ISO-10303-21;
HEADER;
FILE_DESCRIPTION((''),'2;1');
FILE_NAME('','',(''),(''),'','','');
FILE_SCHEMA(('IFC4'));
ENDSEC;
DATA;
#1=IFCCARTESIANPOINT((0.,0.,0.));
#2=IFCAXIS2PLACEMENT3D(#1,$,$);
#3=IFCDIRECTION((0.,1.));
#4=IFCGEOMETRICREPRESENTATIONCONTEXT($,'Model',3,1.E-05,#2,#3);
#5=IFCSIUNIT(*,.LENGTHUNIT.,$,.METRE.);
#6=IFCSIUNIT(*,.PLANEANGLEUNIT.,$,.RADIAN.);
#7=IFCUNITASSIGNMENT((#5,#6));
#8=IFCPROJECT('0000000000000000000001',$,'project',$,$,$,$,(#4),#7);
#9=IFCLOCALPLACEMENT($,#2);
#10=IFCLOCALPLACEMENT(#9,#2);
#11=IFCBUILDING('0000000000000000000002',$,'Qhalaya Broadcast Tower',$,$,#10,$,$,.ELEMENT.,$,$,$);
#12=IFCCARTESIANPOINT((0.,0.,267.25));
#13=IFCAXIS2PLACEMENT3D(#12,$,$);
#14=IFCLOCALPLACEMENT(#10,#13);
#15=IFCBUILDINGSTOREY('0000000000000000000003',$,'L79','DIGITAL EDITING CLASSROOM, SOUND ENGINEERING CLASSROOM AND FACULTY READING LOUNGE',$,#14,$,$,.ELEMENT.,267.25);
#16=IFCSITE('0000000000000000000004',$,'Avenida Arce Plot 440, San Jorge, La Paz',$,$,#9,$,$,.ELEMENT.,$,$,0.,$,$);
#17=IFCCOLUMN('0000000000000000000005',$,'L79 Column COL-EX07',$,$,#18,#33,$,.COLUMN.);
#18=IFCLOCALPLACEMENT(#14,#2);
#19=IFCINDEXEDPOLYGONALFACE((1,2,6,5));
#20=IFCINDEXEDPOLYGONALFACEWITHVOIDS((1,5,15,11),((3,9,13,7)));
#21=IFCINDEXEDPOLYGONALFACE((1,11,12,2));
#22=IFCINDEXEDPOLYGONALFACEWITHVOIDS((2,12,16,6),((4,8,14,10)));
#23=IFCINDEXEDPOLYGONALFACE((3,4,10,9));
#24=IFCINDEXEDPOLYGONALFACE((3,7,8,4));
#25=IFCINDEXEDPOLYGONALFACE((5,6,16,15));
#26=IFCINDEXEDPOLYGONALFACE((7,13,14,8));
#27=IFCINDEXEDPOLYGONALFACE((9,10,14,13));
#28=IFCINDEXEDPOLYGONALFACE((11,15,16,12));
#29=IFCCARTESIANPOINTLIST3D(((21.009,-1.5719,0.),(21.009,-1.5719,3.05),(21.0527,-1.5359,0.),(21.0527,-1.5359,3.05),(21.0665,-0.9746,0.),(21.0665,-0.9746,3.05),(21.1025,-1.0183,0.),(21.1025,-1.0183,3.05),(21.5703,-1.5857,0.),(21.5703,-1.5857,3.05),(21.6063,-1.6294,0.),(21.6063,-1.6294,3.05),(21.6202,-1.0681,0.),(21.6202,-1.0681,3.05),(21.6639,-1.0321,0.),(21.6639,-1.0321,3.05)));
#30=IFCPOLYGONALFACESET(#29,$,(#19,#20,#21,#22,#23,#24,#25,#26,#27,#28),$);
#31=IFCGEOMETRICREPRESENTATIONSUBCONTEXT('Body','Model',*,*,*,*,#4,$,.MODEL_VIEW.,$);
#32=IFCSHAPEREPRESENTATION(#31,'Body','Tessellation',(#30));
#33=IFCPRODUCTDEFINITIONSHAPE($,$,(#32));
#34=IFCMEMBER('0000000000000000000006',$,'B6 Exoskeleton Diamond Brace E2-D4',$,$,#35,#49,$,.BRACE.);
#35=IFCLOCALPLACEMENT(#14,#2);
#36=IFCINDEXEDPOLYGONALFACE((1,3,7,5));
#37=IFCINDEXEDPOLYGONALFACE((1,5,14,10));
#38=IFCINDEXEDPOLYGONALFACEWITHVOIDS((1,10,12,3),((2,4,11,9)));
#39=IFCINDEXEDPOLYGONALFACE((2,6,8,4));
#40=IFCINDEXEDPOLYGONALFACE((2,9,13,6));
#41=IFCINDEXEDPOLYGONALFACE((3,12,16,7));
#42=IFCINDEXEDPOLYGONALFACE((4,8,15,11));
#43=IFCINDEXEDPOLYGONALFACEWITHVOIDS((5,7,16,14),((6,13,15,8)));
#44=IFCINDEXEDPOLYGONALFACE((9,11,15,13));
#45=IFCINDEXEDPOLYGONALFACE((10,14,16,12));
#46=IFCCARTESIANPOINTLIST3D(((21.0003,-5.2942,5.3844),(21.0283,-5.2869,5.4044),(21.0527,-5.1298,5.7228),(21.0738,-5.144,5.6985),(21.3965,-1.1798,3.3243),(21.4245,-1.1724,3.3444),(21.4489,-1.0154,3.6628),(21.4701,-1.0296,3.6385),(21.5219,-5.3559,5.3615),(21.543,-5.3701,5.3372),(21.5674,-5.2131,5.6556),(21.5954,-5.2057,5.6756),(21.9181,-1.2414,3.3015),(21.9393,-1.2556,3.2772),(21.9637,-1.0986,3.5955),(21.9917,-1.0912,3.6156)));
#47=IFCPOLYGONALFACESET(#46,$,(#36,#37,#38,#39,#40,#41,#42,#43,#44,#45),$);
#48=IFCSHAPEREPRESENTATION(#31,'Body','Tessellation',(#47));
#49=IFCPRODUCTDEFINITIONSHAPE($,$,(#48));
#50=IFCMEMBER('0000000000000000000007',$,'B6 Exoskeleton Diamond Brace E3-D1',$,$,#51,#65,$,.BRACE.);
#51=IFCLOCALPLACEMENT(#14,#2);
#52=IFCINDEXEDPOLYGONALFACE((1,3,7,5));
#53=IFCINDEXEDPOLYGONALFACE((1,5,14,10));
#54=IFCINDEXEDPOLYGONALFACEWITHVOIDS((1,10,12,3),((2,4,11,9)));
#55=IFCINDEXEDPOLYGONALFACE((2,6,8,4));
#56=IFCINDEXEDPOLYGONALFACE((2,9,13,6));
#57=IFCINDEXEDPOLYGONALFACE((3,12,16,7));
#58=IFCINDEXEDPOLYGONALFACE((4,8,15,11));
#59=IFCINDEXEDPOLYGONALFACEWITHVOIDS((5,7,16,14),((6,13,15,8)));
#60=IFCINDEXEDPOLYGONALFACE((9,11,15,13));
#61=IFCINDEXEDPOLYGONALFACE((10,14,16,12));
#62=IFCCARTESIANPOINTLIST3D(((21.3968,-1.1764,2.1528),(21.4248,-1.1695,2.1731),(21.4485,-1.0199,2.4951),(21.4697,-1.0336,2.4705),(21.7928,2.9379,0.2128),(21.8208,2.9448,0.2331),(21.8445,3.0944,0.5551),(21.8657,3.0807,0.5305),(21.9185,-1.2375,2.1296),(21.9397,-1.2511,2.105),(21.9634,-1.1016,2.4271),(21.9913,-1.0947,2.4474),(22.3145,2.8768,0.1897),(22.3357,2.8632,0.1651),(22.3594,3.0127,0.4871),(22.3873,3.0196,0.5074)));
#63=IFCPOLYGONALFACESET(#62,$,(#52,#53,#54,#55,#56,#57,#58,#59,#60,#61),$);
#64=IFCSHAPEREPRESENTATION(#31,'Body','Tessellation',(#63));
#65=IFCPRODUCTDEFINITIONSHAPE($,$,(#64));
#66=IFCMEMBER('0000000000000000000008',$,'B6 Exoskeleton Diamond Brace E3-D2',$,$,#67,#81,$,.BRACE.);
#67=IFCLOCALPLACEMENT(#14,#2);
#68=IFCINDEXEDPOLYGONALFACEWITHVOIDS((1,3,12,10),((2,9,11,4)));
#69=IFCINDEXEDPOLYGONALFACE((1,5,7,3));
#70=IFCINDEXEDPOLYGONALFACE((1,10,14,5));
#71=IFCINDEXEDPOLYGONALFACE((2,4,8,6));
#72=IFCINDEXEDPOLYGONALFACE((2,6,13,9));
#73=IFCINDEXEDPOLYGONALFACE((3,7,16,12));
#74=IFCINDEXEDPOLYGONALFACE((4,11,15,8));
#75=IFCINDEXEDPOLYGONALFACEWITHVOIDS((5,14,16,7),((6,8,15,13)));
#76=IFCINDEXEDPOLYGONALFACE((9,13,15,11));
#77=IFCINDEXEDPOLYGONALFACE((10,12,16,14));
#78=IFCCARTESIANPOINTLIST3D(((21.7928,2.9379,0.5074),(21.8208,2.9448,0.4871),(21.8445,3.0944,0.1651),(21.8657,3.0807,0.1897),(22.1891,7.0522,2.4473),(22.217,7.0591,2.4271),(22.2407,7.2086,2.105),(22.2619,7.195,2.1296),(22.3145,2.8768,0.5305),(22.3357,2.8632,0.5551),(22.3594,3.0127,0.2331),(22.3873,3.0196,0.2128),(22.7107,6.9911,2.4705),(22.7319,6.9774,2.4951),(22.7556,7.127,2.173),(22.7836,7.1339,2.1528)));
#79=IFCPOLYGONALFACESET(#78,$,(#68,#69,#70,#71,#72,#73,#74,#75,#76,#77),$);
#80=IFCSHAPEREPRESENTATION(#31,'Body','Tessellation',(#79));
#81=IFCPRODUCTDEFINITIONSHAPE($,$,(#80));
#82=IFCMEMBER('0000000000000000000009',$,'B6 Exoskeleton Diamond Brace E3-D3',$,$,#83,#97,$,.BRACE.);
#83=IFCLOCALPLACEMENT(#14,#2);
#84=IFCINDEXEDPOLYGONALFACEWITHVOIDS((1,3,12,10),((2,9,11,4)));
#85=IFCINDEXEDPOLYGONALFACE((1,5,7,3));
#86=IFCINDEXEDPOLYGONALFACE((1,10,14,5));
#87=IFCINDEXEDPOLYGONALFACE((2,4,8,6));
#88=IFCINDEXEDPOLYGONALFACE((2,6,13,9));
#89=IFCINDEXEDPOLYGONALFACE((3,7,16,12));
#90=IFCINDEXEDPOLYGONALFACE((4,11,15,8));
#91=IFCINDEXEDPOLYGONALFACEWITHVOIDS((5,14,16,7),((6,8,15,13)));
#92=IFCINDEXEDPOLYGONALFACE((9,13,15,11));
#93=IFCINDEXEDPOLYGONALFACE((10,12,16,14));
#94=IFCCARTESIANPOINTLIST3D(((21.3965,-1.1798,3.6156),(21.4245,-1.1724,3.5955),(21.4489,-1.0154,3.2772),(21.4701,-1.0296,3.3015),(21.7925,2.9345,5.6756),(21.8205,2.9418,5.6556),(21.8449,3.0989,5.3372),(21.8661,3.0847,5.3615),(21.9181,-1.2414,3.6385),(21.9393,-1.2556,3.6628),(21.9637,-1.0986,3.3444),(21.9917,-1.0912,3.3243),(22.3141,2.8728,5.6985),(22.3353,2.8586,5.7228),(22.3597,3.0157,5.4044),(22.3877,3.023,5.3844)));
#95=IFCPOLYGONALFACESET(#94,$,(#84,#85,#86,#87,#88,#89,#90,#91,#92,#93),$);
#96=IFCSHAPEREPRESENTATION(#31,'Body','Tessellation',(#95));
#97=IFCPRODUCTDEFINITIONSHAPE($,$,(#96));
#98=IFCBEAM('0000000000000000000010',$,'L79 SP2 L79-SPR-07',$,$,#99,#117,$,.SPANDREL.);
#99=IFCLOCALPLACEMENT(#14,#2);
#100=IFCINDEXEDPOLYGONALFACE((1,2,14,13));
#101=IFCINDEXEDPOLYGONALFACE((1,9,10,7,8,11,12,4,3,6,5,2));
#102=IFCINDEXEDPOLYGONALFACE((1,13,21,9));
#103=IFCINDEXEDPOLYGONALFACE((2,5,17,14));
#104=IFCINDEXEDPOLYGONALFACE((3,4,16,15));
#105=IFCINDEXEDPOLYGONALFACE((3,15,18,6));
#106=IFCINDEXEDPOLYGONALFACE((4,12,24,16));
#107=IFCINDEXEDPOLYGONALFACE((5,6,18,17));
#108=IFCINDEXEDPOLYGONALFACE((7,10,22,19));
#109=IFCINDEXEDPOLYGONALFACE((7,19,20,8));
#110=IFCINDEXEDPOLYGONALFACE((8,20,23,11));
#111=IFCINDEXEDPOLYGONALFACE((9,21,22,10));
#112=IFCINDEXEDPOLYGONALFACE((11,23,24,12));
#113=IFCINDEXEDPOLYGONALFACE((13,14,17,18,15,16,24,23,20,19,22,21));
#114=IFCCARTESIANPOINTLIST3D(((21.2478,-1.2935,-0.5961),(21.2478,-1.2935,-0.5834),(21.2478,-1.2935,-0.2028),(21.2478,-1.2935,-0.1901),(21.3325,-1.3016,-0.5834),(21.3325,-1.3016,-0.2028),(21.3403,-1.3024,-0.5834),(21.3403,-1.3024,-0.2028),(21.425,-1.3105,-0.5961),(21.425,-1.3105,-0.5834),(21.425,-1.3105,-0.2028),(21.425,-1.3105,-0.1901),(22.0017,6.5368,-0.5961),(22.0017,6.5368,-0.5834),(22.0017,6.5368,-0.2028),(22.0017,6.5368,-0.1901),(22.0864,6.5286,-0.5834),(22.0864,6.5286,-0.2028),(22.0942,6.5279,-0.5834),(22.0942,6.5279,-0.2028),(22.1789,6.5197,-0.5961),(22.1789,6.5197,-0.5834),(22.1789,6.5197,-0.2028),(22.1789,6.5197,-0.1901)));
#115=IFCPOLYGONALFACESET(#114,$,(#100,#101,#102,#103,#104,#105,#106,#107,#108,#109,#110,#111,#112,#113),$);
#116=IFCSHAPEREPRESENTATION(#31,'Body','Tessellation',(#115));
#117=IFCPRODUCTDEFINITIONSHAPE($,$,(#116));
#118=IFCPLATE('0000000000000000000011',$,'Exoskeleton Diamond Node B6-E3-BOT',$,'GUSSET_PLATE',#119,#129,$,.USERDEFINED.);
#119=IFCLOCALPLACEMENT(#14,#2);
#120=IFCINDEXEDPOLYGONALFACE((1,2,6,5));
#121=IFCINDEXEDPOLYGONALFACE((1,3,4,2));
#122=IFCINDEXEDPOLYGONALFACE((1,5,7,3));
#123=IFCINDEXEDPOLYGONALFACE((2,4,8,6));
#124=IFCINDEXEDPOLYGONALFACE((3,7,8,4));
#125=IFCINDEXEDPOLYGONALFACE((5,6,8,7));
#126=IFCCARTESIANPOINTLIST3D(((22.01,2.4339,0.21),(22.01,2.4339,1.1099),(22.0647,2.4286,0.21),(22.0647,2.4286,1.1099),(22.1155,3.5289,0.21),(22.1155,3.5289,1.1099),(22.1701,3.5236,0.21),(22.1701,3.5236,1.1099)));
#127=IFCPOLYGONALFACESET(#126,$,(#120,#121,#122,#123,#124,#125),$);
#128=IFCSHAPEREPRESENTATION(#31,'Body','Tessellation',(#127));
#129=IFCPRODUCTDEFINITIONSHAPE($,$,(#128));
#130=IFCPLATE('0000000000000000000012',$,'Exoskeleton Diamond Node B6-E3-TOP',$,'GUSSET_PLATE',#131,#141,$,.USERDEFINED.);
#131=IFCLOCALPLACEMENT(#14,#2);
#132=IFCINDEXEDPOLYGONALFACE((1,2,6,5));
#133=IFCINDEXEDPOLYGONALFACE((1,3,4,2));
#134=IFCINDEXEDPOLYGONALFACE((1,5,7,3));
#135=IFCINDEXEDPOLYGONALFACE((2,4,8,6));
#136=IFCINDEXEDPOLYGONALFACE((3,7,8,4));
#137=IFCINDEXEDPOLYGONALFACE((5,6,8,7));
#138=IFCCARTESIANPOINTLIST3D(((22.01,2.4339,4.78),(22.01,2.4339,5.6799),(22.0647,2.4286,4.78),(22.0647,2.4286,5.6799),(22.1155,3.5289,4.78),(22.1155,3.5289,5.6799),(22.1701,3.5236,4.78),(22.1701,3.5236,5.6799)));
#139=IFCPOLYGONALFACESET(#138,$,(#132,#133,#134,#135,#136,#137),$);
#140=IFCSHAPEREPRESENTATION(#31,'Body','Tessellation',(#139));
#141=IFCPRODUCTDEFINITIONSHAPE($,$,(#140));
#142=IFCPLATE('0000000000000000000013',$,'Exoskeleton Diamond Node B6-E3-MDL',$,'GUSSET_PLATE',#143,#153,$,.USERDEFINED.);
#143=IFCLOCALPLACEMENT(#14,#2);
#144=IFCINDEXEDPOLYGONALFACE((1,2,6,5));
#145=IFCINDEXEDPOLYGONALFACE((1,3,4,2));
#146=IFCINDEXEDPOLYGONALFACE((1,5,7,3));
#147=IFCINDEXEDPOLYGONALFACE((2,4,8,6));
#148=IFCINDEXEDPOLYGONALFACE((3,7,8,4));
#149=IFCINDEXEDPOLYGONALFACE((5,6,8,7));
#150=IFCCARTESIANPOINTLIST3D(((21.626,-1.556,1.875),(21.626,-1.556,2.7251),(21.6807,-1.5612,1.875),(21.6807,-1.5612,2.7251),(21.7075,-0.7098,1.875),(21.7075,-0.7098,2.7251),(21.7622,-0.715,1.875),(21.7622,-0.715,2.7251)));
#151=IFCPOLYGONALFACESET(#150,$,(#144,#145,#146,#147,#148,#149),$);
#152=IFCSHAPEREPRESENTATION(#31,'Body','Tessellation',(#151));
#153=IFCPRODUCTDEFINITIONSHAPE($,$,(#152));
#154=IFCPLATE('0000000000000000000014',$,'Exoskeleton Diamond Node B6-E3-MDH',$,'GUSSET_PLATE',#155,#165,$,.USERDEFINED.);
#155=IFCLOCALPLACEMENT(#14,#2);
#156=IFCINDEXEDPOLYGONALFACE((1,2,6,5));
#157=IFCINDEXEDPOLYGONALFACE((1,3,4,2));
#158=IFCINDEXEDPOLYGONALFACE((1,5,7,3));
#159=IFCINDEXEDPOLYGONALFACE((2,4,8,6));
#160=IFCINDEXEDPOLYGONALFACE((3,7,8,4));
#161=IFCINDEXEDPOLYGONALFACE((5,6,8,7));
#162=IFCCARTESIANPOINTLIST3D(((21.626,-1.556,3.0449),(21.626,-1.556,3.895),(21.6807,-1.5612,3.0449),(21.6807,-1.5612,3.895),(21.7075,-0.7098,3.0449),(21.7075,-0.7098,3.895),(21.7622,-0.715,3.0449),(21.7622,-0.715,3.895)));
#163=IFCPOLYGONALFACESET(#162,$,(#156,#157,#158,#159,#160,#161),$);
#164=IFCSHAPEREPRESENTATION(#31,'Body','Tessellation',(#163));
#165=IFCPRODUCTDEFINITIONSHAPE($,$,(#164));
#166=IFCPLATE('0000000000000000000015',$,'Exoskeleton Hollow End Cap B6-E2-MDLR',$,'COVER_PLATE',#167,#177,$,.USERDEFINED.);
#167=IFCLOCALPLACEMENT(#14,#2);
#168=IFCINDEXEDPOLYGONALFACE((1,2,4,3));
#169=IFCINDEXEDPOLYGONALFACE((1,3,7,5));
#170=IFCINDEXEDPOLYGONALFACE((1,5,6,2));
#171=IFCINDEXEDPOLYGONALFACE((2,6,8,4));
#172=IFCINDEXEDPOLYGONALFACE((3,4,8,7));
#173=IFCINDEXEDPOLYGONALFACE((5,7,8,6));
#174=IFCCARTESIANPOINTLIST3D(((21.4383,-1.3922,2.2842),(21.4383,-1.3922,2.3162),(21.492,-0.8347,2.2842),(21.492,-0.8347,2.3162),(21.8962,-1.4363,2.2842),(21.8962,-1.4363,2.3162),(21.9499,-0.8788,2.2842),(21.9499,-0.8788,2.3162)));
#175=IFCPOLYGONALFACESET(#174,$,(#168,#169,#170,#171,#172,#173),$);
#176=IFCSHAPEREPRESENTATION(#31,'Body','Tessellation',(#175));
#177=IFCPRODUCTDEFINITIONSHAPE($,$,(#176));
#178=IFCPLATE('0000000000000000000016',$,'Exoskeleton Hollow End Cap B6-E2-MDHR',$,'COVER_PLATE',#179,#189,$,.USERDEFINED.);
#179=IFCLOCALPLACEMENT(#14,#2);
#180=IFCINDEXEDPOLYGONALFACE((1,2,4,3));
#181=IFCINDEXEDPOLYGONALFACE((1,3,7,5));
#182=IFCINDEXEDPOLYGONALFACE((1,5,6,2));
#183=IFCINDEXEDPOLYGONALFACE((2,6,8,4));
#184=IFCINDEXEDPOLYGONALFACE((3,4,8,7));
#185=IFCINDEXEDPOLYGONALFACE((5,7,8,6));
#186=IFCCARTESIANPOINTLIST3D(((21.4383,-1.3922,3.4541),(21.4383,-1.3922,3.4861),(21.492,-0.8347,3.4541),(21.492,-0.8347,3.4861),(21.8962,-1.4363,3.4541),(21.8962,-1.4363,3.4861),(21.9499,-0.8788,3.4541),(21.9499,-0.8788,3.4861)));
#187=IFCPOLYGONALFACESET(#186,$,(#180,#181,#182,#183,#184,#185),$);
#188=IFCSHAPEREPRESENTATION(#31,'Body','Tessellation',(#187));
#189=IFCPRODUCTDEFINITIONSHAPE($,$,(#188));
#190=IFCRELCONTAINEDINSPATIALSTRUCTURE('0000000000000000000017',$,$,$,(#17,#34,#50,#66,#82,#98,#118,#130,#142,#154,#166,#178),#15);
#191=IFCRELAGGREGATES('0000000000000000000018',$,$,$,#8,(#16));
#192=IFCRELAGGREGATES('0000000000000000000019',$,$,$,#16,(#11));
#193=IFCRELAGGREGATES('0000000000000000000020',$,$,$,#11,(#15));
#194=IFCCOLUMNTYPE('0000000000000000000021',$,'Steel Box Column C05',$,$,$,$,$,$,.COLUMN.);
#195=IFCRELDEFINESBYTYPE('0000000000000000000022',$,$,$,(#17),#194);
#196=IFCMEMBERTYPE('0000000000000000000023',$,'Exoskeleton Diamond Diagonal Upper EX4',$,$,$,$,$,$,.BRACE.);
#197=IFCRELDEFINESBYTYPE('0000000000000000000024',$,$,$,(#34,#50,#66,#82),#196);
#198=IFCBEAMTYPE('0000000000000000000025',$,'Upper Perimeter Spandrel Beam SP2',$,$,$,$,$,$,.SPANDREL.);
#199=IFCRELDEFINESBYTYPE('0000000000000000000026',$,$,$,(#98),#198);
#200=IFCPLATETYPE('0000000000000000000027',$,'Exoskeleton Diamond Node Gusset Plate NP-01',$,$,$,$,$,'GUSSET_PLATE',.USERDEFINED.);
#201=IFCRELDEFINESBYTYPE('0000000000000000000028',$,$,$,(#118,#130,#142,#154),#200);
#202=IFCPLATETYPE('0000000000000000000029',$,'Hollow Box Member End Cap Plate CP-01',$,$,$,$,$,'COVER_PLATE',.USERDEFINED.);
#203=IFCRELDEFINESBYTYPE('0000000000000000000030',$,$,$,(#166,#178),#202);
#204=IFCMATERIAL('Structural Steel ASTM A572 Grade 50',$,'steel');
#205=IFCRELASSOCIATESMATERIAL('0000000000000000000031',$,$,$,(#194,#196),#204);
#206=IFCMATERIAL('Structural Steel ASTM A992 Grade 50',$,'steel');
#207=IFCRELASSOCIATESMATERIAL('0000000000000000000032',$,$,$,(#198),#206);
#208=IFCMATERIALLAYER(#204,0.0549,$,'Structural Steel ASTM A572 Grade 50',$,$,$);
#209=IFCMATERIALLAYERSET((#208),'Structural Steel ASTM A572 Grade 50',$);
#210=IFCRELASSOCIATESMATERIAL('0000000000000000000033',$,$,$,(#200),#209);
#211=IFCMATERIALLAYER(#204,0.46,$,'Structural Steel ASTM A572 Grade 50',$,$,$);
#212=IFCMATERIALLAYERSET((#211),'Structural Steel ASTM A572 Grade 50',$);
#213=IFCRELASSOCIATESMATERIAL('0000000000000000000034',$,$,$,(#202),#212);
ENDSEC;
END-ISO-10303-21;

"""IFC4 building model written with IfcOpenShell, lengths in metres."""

from ifc_helpers import new_model, si_unit, direction, frame, origin, origin_2d, place, context, subcontext, project, spatial, rectangle, hollow_rectangle, i_section, extrude, material, layer, layer_set, material_profile, profile_set, type_object, element, save


model = new_model("IFC4")

# Units and contexts
model_context = context("Model", 3, precision=1e-05, world=origin(), true_north=direction((0.0, 1.0)))
body_context = subcontext(model_context, "Body", "Model", "MODEL_VIEW")
ifc_project = project(units=[si_unit("LENGTHUNIT", "METRE"), si_unit("PLANEANGLEUNIT", "RADIAN")], contexts=[model_context])

# Site, building, storey
site_placement = place(None, origin())
site = spatial("IfcSite", under=ifc_project, at=site_placement, Name="Avenida Arce Plot 440, San Jorge, La Paz", CompositionType="ELEMENT", RefElevation=0.0)
building_placement = place(site_placement, origin())
building = spatial("IfcBuilding", under=site, at=building_placement, Name="Qhalaya Broadcast Tower", CompositionType="ELEMENT")
storey_placement = place(building_placement, frame((0.0, 0.0, 267.25)))
storey = spatial("IfcBuildingStorey", under=building, at=storey_placement, Name="L79", Description="DIGITAL EDITING CLASSROOM, SOUND ENGINEERING CLASSROOM AND FACULTY READING LOUNGE", CompositionType="ELEMENT", Elevation=267.25)

# Column
ifc_material_1 = material(Name="Structural Steel ASTM A572 Grade 50", Category="steel")
ifc_material_profile_1 = material_profile(ifc_material_1, hollow_rectangle(XDim=0.6001, YDim=0.6001, WallThickness=0.04, at=origin_2d()), Name="BOX 600x600x40")
ifc_profile_set_1 = profile_set([ifc_material_profile_1], Name="Structural Steel ASTM A572 Grade 50")
column_type = type_object("IfcColumnType", Name="Steel Box Column C05", PredefinedType="COLUMN", material=ifc_profile_set_1)
column_placement = place(storey_placement, frame((21.3364, -1.302, 0.0), z_axis=(0.0, 0.0, 1.0), x_axis=(0.095846, 0.995396, 0.0)))
element("IfcColumn", 1, at=column_placement, inside=storey, type_object=column_type, Name="L79 Column COL-EX07", PredefinedType="COLUMN", context=body_context, shape_type="SweptSolid", body=[
    extrude(hollow_rectangle(XDim=0.6001, YDim=0.6001, WallThickness=0.04, at=origin_2d()), origin(), (0.0, 0.0, 1.0), 3.05),
])

# Members
ifc_material_profile_2 = material_profile(ifc_material_1, hollow_rectangle(XDim=0.3799, YDim=0.55, WallThickness=0.0249, at=origin_2d()), Name="BOX 380x550x25")
ifc_profile_set_2 = profile_set([ifc_material_profile_2], Name="Structural Steel ASTM A572 Grade 50")
member_type = type_object("IfcMemberType", Name="Exoskeleton Diamond Diagonal Upper EX4", PredefinedType="BRACE", material=ifc_profile_set_2)
member_1_placement = place(storey_placement, frame((21.6941, -1.1355, 3.47), z_axis=(-0.085795, -0.890886, 0.446051), x_axis=(0.137966, 0.432765, 0.890887)))
element("IfcMember", 2, at=member_1_placement, inside=storey, type_object=member_type, Name="B6 Exoskeleton Diamond Brace E2-D4", PredefinedType="BRACE", context=body_context, shape_type="SweptSolid", body=[
    extrude(hollow_rectangle(XDim=0.3799, YDim=0.55, WallThickness=0.0249, at=origin_2d()), origin(), (0.0, 0.0, 1.0), 4.6184),
])
for number, where, z_axis, x_axis, name in (
    (3, (22.0901, 2.9788, 0.3601), (-0.086729, -0.901087, 0.424877), (0.135924, 0.411793, 0.901083), "B6 Exoskeleton Diamond Brace E3-D1"),
    (4, (22.0901, 2.9788, 0.3601), (0.086782, 0.901082, 0.424875), (-0.135948, -0.411783, 0.901084), "B6 Exoskeleton Diamond Brace E3-D2"),
):
    element("IfcMember", number, at=place(storey_placement, frame(where, z_axis=z_axis, x_axis=x_axis)), inside=storey, type_object=member_type, Name=name, PredefinedType="BRACE", context=body_context, shape_type="SweptSolid", body=[
        extrude(hollow_rectangle(XDim=0.3799, YDim=0.55, WallThickness=0.0249, at=origin_2d()), origin(), (0.0, 0.0, 1.0), 4.5659),
    ])
member_2_placement = place(storey_placement, frame((21.6941, -1.1355, 3.47), z_axis=(0.085747, 0.890879, 0.446074), x_axis=(-0.137945, -0.432795, 0.890876)))
element("IfcMember", 5, at=member_2_placement, inside=storey, type_object=member_type, Name="B6 Exoskeleton Diamond Brace E3-D3", PredefinedType="BRACE", context=body_context, shape_type="SweptSolid", body=[
    extrude(hollow_rectangle(XDim=0.3799, YDim=0.55, WallThickness=0.0249, at=origin_2d()), origin(), (0.0, 0.0, 1.0), 4.6182),
])

# Beam
ifc_material_2 = material(Name="Structural Steel ASTM A992 Grade 50", Category="steel")
ifc_material_profile_3 = material_profile(ifc_material_2, i_section(OverallWidth=0.178, OverallDepth=0.406, WebThickness=0.0078, FlangeThickness=0.0127, at=origin_2d()), Name="W16X40")
ifc_profile_set_3 = profile_set([ifc_material_profile_3], Name="Structural Steel ASTM A992 Grade 50")
beam_type = type_object("IfcBeamType", Name="Upper Perimeter Spandrel Beam SP2", PredefinedType="SPANDREL", material=ifc_profile_set_3)
beam_placement = place(storey_placement, frame((21.3364, -1.302, -0.3931), z_axis=(0.095837, 0.995397, 0.0), x_axis=(-0.995397, 0.095837, 0.0)))
element("IfcBeam", 6, at=beam_placement, inside=storey, type_object=beam_type, Name="L79 SP2 L79-SPR-07", PredefinedType="SPANDREL", context=body_context, shape_type="SweptSolid", body=[
    extrude(i_section(OverallWidth=0.178, OverallDepth=0.406, WebThickness=0.0078, FlangeThickness=0.0127, at=origin_2d()), origin(), (0.0, 0.0, 1.0), 7.8665),
])

# Plates
ifc_layer_1 = layer(ifc_material_1, 0.0549, Name="Structural Steel ASTM A572 Grade 50")
ifc_layer_set_1 = layer_set([ifc_layer_1], Name="Structural Steel ASTM A572 Grade 50")
plate_type_1 = type_object("IfcPlateType", Name="Exoskeleton Diamond Node Gusset Plate NP-01", ElementType="GUSSET_PLATE", PredefinedType="USERDEFINED", material=ifc_layer_set_1)
for number, where, z_axis, x_axis, name in (
    (7, (22.0901, 2.9788, 0.21), (0.0, 0.0, 1.0), (0.095846, 0.995396, 0.0), "Exoskeleton Diamond Node B6-E3-BOT"),
    (8, (22.0901, 2.9788, 4.78), (0.0, 0.0, 1.0), (0.095846, 0.995396, 0.0), "Exoskeleton Diamond Node B6-E3-TOP"),
):
    element("IfcPlate", number, at=place(storey_placement, frame(where, z_axis=z_axis, x_axis=x_axis)), inside=storey, type_object=plate_type_1, Name=name, ObjectType="GUSSET_PLATE", PredefinedType="USERDEFINED", context=body_context, shape_type="SweptSolid", body=[
        extrude(rectangle(XDim=1.1001, YDim=0.0549, at=origin_2d()), origin(), (0.0, 0.0, 1.0), 0.8999),
    ])
for number, where, z_axis, x_axis, name in (
    (9, (21.6941, -1.1355, 1.875), (0.0, 0.0, 1.0), (0.095846, 0.995396, 0.0), "Exoskeleton Diamond Node B6-E3-MDL"),
    (10, (21.6941, -1.1355, 3.0449), (0.0, 0.0, 1.0), (0.095846, 0.995396, 0.0), "Exoskeleton Diamond Node B6-E3-MDH"),
):
    element("IfcPlate", number, at=place(storey_placement, frame(where, z_axis=z_axis, x_axis=x_axis)), inside=storey, type_object=plate_type_1, Name=name, ObjectType="GUSSET_PLATE", PredefinedType="USERDEFINED", context=body_context, shape_type="SweptSolid", body=[
        extrude(rectangle(XDim=0.8501, YDim=0.0549, at=origin_2d()), origin(), (0.0, 0.0, 1.0), 0.8501),
    ])
ifc_layer_2 = layer(ifc_material_1, 0.46, Name="Structural Steel ASTM A572 Grade 50")
ifc_layer_set_2 = layer_set([ifc_layer_2], Name="Structural Steel ASTM A572 Grade 50")
plate_type_2 = type_object("IfcPlateType", Name="Hollow Box Member End Cap Plate CP-01", ElementType="COVER_PLATE", PredefinedType="USERDEFINED", material=ifc_layer_set_2)
for number, where, z_axis, x_axis, name in (
    (11, (21.6941, -1.1355, 2.2842), (0.0, 0.0, 1.0), (0.095846, 0.995396, 0.0), "Exoskeleton Hollow End Cap B6-E2-MDLR"),
    (12, (21.6941, -1.1355, 3.4541), (0.0, 0.0, 1.0), (0.095846, 0.995396, 0.0), "Exoskeleton Hollow End Cap B6-E2-MDHR"),
):
    element("IfcPlate", number, at=place(storey_placement, frame(where, z_axis=z_axis, x_axis=x_axis)), inside=storey, type_object=plate_type_2, Name=name, ObjectType="COVER_PLATE", PredefinedType="USERDEFINED", context=body_context, shape_type="SweptSolid", body=[
        extrude(rectangle(XDim=0.5601, YDim=0.46, at=origin_2d()), origin(), (0.0, 0.0, 1.0), 0.032),
    ])

save(model, "model.ifc")
